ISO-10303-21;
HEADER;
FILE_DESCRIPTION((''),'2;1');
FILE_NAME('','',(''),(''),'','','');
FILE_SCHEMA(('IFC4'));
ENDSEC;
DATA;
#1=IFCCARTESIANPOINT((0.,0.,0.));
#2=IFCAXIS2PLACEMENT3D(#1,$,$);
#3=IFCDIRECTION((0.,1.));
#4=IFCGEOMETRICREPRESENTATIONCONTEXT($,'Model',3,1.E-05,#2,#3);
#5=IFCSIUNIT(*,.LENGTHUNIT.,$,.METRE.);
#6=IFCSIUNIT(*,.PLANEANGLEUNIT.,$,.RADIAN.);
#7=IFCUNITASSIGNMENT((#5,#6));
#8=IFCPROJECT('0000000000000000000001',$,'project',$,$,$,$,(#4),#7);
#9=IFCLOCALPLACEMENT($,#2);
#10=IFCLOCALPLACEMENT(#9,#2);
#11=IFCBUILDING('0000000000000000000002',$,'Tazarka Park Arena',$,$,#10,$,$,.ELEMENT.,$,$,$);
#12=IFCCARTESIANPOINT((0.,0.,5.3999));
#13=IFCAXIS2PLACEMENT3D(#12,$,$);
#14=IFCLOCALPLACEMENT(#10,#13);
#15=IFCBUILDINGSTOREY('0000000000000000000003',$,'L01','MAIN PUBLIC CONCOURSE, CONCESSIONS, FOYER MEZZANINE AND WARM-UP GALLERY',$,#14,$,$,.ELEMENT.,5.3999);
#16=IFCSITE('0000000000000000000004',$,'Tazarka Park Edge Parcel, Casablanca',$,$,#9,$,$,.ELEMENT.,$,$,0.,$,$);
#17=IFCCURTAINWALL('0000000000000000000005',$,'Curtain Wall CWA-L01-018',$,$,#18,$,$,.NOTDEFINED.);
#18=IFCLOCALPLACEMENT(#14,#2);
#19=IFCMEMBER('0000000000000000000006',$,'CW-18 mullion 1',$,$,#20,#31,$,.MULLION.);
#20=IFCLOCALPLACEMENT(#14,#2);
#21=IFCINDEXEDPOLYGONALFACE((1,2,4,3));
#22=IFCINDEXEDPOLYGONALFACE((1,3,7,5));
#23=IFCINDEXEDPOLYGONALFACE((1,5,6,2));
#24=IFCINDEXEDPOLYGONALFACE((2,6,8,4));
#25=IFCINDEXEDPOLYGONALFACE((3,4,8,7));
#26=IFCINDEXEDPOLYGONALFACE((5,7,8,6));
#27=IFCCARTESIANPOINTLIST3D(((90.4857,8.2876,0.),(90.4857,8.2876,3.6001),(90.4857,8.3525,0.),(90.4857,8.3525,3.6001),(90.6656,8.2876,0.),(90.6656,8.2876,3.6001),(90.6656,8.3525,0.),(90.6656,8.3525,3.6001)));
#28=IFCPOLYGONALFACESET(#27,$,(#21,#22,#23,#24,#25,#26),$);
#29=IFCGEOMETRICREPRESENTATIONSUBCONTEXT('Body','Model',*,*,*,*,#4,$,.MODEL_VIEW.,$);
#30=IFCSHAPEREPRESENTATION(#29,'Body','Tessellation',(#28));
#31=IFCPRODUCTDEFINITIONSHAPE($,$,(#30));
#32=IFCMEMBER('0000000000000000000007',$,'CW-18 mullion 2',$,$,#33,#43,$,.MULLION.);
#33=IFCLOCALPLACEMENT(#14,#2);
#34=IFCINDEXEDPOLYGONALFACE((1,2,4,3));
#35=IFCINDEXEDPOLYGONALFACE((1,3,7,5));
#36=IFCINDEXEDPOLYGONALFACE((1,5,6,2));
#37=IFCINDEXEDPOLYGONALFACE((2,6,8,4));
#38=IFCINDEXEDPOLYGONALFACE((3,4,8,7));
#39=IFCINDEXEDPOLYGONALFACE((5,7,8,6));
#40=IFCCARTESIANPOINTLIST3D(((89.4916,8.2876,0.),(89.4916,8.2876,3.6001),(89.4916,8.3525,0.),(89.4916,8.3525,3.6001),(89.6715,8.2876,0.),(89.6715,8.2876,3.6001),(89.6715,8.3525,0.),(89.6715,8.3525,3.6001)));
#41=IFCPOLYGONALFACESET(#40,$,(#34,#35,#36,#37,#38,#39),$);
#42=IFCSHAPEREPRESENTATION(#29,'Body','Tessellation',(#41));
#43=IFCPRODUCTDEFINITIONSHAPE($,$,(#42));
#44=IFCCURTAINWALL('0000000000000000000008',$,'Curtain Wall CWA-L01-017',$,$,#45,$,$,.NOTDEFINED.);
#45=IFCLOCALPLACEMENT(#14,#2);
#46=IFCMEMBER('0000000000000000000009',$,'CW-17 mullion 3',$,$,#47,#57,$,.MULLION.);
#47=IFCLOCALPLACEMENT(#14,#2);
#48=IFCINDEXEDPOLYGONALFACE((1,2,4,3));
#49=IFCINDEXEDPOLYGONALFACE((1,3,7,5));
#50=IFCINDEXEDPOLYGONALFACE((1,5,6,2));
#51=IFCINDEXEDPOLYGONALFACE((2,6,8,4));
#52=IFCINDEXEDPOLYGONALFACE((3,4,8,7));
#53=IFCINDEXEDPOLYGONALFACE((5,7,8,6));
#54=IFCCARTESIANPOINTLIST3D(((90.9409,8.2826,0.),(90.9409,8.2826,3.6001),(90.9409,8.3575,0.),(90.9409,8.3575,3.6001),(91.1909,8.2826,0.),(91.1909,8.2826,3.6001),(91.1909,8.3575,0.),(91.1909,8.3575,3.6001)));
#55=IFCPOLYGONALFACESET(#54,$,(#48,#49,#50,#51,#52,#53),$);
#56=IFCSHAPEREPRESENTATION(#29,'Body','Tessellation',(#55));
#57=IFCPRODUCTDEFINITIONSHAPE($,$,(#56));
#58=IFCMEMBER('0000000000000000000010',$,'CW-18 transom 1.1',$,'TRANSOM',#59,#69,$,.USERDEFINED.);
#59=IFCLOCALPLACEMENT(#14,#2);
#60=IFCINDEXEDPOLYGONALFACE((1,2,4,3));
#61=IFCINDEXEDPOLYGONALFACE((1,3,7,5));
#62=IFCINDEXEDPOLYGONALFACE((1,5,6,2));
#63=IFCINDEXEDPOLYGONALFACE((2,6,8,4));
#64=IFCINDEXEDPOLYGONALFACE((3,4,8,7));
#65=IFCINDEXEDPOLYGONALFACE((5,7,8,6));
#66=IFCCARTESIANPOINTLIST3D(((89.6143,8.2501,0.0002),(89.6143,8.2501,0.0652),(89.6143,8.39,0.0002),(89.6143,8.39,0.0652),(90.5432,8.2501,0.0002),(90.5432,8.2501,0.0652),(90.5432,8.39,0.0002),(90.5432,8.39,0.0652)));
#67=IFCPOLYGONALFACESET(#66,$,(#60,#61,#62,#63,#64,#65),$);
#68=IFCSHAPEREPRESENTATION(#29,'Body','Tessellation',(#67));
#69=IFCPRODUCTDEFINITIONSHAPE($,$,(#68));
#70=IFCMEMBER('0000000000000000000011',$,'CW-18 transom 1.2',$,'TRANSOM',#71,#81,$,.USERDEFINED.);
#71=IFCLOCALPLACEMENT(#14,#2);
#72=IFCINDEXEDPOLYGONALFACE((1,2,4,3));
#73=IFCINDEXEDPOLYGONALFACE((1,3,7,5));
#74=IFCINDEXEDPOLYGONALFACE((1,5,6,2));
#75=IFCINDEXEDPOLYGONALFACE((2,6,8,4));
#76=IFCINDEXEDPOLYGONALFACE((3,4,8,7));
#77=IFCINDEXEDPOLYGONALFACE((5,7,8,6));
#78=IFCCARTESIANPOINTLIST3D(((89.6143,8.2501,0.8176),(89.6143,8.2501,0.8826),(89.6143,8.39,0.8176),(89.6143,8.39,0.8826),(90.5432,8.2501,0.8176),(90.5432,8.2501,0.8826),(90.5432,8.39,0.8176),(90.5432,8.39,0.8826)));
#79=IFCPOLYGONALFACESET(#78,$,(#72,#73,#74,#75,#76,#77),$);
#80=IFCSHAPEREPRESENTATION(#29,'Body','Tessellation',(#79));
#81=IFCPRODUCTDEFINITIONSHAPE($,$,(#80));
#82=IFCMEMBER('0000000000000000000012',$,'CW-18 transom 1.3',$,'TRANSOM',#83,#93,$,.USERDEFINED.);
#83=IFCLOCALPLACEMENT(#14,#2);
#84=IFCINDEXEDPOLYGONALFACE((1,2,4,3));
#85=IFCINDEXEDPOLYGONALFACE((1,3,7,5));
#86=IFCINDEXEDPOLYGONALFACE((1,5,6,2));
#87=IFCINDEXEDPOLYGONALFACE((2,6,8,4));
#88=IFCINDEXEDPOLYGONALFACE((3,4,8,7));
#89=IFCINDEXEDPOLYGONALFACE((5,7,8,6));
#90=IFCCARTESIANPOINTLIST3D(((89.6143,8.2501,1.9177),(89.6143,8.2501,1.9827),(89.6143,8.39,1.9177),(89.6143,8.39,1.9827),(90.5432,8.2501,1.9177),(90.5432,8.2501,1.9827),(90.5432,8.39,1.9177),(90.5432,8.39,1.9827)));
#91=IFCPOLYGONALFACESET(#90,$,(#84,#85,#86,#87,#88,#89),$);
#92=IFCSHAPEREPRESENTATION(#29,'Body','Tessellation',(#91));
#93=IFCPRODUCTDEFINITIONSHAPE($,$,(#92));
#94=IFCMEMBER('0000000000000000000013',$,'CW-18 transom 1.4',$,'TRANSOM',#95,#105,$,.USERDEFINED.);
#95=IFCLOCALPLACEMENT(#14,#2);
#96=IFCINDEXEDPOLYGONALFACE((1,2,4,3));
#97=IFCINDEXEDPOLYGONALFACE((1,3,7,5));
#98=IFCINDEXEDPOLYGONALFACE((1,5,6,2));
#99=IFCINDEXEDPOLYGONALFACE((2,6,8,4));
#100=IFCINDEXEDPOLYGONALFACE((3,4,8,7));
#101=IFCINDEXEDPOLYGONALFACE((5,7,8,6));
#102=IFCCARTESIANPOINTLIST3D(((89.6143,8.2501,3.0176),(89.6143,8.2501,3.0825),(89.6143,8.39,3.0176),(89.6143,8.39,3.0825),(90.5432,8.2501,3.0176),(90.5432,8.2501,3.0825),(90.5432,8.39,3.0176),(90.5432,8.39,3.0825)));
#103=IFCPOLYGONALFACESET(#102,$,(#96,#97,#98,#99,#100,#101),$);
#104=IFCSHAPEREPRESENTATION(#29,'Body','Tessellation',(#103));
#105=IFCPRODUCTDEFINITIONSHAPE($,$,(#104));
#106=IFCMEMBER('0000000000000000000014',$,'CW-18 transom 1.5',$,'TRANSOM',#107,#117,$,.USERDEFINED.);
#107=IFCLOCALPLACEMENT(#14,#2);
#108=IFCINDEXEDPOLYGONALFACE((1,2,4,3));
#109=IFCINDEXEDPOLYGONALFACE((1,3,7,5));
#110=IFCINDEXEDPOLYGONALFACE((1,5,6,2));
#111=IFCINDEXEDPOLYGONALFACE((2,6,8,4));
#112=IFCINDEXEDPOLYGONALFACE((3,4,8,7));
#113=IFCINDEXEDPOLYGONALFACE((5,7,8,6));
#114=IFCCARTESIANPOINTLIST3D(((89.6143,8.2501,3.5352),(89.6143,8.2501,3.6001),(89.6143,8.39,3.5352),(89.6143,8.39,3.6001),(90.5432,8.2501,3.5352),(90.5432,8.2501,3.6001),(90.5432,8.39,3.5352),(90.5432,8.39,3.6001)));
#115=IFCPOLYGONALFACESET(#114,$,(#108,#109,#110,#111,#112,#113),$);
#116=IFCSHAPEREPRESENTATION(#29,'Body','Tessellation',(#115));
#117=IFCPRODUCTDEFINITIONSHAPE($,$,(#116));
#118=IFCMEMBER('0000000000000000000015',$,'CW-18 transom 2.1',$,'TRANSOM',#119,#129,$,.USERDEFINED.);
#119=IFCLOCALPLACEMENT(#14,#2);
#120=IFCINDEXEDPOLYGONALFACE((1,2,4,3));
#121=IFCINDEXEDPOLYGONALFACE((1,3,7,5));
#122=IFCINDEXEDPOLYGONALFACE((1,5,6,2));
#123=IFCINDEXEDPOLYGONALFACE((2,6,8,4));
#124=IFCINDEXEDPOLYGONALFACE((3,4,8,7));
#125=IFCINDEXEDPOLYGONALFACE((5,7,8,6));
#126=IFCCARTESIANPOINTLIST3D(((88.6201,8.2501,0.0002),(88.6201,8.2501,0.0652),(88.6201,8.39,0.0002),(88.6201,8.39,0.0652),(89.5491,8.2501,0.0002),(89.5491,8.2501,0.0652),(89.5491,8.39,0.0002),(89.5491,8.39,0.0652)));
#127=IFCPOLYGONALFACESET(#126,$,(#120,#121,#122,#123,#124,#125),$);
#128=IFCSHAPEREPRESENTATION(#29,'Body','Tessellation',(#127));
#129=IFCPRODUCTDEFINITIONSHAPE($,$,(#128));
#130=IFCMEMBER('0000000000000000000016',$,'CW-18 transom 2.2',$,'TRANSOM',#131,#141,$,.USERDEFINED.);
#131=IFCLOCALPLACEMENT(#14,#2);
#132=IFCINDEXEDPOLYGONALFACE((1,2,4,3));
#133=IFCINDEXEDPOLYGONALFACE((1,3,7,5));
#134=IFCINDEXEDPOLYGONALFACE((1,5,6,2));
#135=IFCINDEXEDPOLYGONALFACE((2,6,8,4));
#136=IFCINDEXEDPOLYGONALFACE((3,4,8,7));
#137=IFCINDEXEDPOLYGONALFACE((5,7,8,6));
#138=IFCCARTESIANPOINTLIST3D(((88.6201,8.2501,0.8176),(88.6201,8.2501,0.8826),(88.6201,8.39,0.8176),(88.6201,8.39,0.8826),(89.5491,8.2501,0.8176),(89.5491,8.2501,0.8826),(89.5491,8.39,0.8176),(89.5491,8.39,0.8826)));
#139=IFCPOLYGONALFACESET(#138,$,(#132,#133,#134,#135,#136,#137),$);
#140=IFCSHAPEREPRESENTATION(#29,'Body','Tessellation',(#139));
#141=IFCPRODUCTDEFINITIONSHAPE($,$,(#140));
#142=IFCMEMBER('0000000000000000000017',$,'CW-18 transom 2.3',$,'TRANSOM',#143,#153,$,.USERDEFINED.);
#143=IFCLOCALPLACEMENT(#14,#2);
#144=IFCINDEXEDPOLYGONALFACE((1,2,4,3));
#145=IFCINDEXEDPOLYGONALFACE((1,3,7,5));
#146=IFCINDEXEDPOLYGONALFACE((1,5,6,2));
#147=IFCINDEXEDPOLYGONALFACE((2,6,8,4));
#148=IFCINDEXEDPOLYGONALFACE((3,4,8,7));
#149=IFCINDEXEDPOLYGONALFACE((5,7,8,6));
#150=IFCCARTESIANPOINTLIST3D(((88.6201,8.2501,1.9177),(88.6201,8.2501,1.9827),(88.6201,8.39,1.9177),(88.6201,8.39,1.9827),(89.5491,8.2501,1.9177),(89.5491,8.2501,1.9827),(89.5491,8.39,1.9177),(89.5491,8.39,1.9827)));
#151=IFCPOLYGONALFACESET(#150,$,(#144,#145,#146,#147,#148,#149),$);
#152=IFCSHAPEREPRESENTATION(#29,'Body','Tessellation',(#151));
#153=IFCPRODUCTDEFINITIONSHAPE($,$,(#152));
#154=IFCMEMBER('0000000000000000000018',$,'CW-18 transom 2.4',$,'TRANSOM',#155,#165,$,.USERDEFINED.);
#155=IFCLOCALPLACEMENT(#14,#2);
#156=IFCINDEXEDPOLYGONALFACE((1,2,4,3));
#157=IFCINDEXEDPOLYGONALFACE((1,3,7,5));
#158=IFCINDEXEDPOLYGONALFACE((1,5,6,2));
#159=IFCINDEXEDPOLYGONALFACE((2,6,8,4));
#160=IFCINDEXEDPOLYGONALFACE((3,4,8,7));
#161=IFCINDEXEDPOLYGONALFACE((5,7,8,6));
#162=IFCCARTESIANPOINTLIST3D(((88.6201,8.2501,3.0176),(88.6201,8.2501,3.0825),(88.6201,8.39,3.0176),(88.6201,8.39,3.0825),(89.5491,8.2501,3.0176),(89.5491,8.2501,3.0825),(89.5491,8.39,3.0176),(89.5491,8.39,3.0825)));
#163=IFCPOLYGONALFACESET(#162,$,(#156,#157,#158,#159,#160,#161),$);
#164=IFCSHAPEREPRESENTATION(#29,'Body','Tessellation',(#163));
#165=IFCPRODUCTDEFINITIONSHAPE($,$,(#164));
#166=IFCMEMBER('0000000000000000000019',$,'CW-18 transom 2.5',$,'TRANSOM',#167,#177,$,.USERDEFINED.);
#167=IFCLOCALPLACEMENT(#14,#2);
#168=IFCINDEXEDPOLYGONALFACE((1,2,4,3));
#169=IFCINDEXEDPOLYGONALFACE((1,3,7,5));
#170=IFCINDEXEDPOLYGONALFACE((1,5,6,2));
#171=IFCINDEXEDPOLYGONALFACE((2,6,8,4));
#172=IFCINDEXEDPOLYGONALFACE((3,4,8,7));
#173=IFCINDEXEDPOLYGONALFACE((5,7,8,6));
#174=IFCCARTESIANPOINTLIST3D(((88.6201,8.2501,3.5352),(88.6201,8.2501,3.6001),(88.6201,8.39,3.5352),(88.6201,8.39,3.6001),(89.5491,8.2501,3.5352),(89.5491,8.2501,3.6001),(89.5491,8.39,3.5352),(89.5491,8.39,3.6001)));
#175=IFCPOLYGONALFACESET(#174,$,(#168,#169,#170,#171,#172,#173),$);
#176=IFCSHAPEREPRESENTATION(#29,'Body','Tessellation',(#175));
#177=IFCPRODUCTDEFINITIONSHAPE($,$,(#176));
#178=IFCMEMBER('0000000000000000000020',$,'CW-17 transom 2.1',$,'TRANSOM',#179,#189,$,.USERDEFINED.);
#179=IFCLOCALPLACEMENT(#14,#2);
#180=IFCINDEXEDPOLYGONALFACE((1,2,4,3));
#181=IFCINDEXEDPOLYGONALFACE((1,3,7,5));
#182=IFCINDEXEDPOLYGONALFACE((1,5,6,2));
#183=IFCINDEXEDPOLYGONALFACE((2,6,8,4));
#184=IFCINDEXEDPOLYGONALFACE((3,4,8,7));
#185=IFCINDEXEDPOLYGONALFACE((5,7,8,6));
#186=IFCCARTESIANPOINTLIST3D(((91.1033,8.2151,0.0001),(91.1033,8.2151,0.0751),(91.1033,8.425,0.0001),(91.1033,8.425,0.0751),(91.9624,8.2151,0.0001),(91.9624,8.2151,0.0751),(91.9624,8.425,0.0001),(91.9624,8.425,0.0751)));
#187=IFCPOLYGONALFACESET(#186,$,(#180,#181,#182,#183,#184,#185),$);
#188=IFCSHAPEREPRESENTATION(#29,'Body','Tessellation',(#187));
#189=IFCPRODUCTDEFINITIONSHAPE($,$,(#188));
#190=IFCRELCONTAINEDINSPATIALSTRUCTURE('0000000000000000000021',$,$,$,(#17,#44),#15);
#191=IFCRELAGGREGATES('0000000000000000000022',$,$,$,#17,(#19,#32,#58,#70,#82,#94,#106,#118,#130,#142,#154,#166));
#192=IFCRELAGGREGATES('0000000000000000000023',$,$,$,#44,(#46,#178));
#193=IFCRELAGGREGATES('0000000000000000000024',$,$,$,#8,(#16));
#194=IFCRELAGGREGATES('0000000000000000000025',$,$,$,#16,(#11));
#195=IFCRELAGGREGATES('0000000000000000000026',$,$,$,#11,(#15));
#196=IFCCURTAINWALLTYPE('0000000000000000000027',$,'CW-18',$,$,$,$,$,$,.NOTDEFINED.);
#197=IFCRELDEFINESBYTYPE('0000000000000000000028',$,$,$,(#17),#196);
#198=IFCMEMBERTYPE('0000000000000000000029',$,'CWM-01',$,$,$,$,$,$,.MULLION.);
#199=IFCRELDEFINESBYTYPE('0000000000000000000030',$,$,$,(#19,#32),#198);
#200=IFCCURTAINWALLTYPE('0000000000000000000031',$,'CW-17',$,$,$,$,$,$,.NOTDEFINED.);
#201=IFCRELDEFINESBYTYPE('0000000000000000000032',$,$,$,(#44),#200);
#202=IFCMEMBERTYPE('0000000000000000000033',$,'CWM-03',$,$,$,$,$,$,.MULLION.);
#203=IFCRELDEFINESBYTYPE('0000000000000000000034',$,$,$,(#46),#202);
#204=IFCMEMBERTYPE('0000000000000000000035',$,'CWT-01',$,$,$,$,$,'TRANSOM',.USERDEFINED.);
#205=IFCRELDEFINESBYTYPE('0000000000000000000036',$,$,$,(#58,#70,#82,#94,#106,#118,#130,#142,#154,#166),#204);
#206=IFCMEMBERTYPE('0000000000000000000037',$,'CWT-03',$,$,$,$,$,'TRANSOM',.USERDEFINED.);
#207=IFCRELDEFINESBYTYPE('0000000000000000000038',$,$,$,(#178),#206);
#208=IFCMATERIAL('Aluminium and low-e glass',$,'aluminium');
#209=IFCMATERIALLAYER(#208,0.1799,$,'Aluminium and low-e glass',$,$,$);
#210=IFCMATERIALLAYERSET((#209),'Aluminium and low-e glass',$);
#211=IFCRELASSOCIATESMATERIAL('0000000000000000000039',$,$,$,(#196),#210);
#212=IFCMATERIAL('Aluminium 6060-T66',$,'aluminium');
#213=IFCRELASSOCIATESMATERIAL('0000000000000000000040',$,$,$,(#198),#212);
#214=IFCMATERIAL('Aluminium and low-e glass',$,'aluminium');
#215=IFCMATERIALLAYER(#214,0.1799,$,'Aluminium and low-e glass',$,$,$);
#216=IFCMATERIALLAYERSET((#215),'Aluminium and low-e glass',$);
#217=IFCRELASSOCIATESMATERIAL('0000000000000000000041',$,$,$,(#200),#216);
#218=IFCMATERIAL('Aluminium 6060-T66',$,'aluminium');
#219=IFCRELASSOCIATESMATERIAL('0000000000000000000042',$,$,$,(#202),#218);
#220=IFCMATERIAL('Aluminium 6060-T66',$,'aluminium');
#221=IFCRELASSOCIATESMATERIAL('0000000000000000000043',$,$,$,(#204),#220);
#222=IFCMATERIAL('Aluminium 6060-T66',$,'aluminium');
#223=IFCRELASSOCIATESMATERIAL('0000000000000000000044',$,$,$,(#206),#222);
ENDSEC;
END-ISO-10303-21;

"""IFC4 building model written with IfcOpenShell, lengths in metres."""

from ifc_helpers import new_model, si_unit, direction, frame, origin, origin_2d, place, context, subcontext, project, spatial, rectangle, extrude, material, layer, layer_set, material_profile, profile_set, type_object, element, aggregate, save


model = new_model("IFC4")

# Units and contexts
model_context = context("Model", 3, precision=1e-05, world=origin(), true_north=direction((0.0, 1.0)))
body_context = subcontext(model_context, "Body", "Model", "MODEL_VIEW")
ifc_project = project(units=[si_unit("LENGTHUNIT", "METRE"), si_unit("PLANEANGLEUNIT", "RADIAN")], contexts=[model_context])

# Site, building, storey
site_placement = place(None, origin())
site = spatial("IfcSite", under=ifc_project, at=site_placement, Name="Tazarka Park Edge Parcel, Casablanca", CompositionType="ELEMENT", RefElevation=0.0)
building_placement = place(site_placement, origin())
building = spatial("IfcBuilding", under=site, at=building_placement, Name="Tazarka Park Arena", CompositionType="ELEMENT")
storey_placement = place(building_placement, frame((0.0, 0.0, 5.3999)))
storey = spatial("IfcBuildingStorey", under=building, at=storey_placement, Name="L01", Description="MAIN PUBLIC CONCOURSE, CONCESSIONS, FOYER MEZZANINE AND WARM-UP GALLERY", CompositionType="ELEMENT", Elevation=5.3999)

# Curtain wall, members
ifc_material_1 = material(Name="Aluminium and low-e glass", Category="aluminium")
ifc_layer_1 = layer(ifc_material_1, 0.1799, Name="Aluminium and low-e glass")
ifc_layer_set_1 = layer_set([ifc_layer_1], Name="Aluminium and low-e glass")
curtain_wall_type_1 = type_object("IfcCurtainWallType", Name="CW-18", PredefinedType="NOTDEFINED", material=ifc_layer_set_1)
curtain_wall_1_placement = place(storey_placement, origin())
curtain_wall_1 = element("IfcCurtainWall", 1, at=curtain_wall_1_placement, inside=storey, type_object=curtain_wall_type_1, Name="Curtain Wall CWA-L01-018", PredefinedType="NOTDEFINED")
ifc_material_2 = material(Name="Aluminium 6060-T66", Category="aluminium")
ifc_material_profile_1 = material_profile(ifc_material_2, rectangle(XDim=0.0649, YDim=0.1799, at=origin_2d()), Name="Aluminium 6060-T66")
ifc_profile_set_1 = profile_set([ifc_material_profile_1], Name="Aluminium 6060-T66")
member_type_1 = type_object("IfcMemberType", Name="CWM-01", PredefinedType="MULLION", material=ifc_profile_set_1)
member_1_placement = place(storey_placement, frame((90.5757, 8.3201, 0.0), z_axis=(0.0, 0.0, 1.0), x_axis=(0.0, -1.0, 0.0)))
member_1 = element("IfcMember", 2, at=member_1_placement, type_object=member_type_1, Name="CW-18 mullion 1", PredefinedType="MULLION", context=body_context, shape_type="SweptSolid", body=[
    extrude(rectangle(XDim=0.0649, YDim=0.1799, at=origin_2d()), origin(), (0.0, 0.0, 1.0), 3.6001),
])
member_2_placement = place(storey_placement, frame((89.5815, 8.3201, 0.0), z_axis=(0.0, 0.0, 1.0), x_axis=(0.0, -1.0, 0.0)))
member_2 = element("IfcMember", 3, at=member_2_placement, type_object=member_type_1, Name="CW-18 mullion 2", PredefinedType="MULLION", context=body_context, shape_type="SweptSolid", body=[
    extrude(rectangle(XDim=0.0649, YDim=0.1799, at=origin_2d()), origin(), (0.0, 0.0, 1.0), 3.6001),
])

# Curtain wall, member
ifc_material_3 = material(Name="Aluminium and low-e glass", Category="aluminium")
ifc_layer_2 = layer(ifc_material_3, 0.1799, Name="Aluminium and low-e glass")
ifc_layer_set_2 = layer_set([ifc_layer_2], Name="Aluminium and low-e glass")
curtain_wall_type_2 = type_object("IfcCurtainWallType", Name="CW-17", PredefinedType="NOTDEFINED", material=ifc_layer_set_2)
curtain_wall_2_placement = place(storey_placement, origin())
curtain_wall_2 = element("IfcCurtainWall", 4, at=curtain_wall_2_placement, inside=storey, type_object=curtain_wall_type_2, Name="Curtain Wall CWA-L01-017", PredefinedType="NOTDEFINED")
ifc_material_4 = material(Name="Aluminium 6060-T66", Category="aluminium")
ifc_material_profile_2 = material_profile(ifc_material_4, rectangle(XDim=0.075, YDim=0.25, at=origin_2d()), Name="Aluminium 6060-T66")
ifc_profile_set_2 = profile_set([ifc_material_profile_2], Name="Aluminium 6060-T66")
member_type_2 = type_object("IfcMemberType", Name="CWM-03", PredefinedType="MULLION", material=ifc_profile_set_2)
member_3_placement = place(storey_placement, frame((91.0659, 8.3201, 0.0), z_axis=(0.0, 0.0, 1.0), x_axis=(0.0, -1.0, 0.0)))
member_3 = element("IfcMember", 5, at=member_3_placement, type_object=member_type_2, Name="CW-17 mullion 3", PredefinedType="MULLION", context=body_context, shape_type="SweptSolid", body=[
    extrude(rectangle(XDim=0.075, YDim=0.25, at=origin_2d()), origin(), (0.0, 0.0, 1.0), 3.6001),
])

# Members
ifc_material_5 = material(Name="Aluminium 6060-T66", Category="aluminium")
ifc_material_profile_3 = material_profile(ifc_material_5, rectangle(XDim=0.1399, YDim=0.0649, at=origin_2d()), Name="Aluminium 6060-T66")
ifc_profile_set_3 = profile_set([ifc_material_profile_3], Name="Aluminium 6060-T66")
member_type_3 = type_object("IfcMemberType", Name="CWT-01", ElementType="TRANSOM", PredefinedType="USERDEFINED", material=ifc_profile_set_3)
member_4_placement = place(storey_placement, frame((90.5432, 8.3201, 0.0327), z_axis=(-1.0, 0.0, 0.0), x_axis=(0.0, -1.0, 0.0)))
member_4 = element("IfcMember", 6, at=member_4_placement, type_object=member_type_3, Name="CW-18 transom 1.1", ObjectType="TRANSOM", PredefinedType="USERDEFINED", context=body_context, shape_type="SweptSolid", body=[
    extrude(rectangle(XDim=0.1399, YDim=0.0649, at=origin_2d()), origin(), (0.0, 0.0, 1.0), 0.929),
])
member_5_placement = place(storey_placement, frame((90.5432, 8.3201, 0.8501), z_axis=(-1.0, 0.0, 0.0), x_axis=(0.0, -1.0, 0.0)))
member_5 = element("IfcMember", 7, at=member_5_placement, type_object=member_type_3, Name="CW-18 transom 1.2", ObjectType="TRANSOM", PredefinedType="USERDEFINED", context=body_context, shape_type="SweptSolid", body=[
    extrude(rectangle(XDim=0.1399, YDim=0.0649, at=origin_2d()), origin(), (0.0, 0.0, 1.0), 0.929),
])
member_6_placement = place(storey_placement, frame((90.5432, 8.3201, 1.9502), z_axis=(-1.0, 0.0, 0.0), x_axis=(0.0, -1.0, 0.0)))
member_6 = element("IfcMember", 8, at=member_6_placement, type_object=member_type_3, Name="CW-18 transom 1.3", ObjectType="TRANSOM", PredefinedType="USERDEFINED", context=body_context, shape_type="SweptSolid", body=[
    extrude(rectangle(XDim=0.1399, YDim=0.0649, at=origin_2d()), origin(), (0.0, 0.0, 1.0), 0.929),
])
member_7_placement = place(storey_placement, frame((90.5432, 8.3201, 3.05), z_axis=(-1.0, 0.0, 0.0), x_axis=(0.0, -1.0, 0.0)))
member_7 = element("IfcMember", 9, at=member_7_placement, type_object=member_type_3, Name="CW-18 transom 1.4", ObjectType="TRANSOM", PredefinedType="USERDEFINED", context=body_context, shape_type="SweptSolid", body=[
    extrude(rectangle(XDim=0.1399, YDim=0.0649, at=origin_2d()), origin(), (0.0, 0.0, 1.0), 0.929),
])
member_8_placement = place(storey_placement, frame((90.5432, 8.3201, 3.5676), z_axis=(-1.0, 0.0, 0.0), x_axis=(0.0, -1.0, 0.0)))
member_8 = element("IfcMember", 10, at=member_8_placement, type_object=member_type_3, Name="CW-18 transom 1.5", ObjectType="TRANSOM", PredefinedType="USERDEFINED", context=body_context, shape_type="SweptSolid", body=[
    extrude(rectangle(XDim=0.1399, YDim=0.0649, at=origin_2d()), origin(), (0.0, 0.0, 1.0), 0.929),
])
member_9_placement = place(storey_placement, frame((89.5491, 8.3201, 0.0327), z_axis=(-1.0, 0.0, 0.0), x_axis=(0.0, -1.0, 0.0)))
member_9 = element("IfcMember", 11, at=member_9_placement, type_object=member_type_3, Name="CW-18 transom 2.1", ObjectType="TRANSOM", PredefinedType="USERDEFINED", context=body_context, shape_type="SweptSolid", body=[
    extrude(rectangle(XDim=0.1399, YDim=0.0649, at=origin_2d()), origin(), (0.0, 0.0, 1.0), 0.929),
])
member_10_placement = place(storey_placement, frame((89.5491, 8.3201, 0.8501), z_axis=(-1.0, 0.0, 0.0), x_axis=(0.0, -1.0, 0.0)))
member_10 = element("IfcMember", 12, at=member_10_placement, type_object=member_type_3, Name="CW-18 transom 2.2", ObjectType="TRANSOM", PredefinedType="USERDEFINED", context=body_context, shape_type="SweptSolid", body=[
    extrude(rectangle(XDim=0.1399, YDim=0.0649, at=origin_2d()), origin(), (0.0, 0.0, 1.0), 0.929),
])
member_11_placement = place(storey_placement, frame((89.5491, 8.3201, 1.9502), z_axis=(-1.0, 0.0, 0.0), x_axis=(0.0, -1.0, 0.0)))
member_11 = element("IfcMember", 13, at=member_11_placement, type_object=member_type_3, Name="CW-18 transom 2.3", ObjectType="TRANSOM", PredefinedType="USERDEFINED", context=body_context, shape_type="SweptSolid", body=[
    extrude(rectangle(XDim=0.1399, YDim=0.0649, at=origin_2d()), origin(), (0.0, 0.0, 1.0), 0.929),
])
member_12_placement = place(storey_placement, frame((89.5491, 8.3201, 3.05), z_axis=(-1.0, 0.0, 0.0), x_axis=(0.0, -1.0, 0.0)))
member_12 = element("IfcMember", 14, at=member_12_placement, type_object=member_type_3, Name="CW-18 transom 2.4", ObjectType="TRANSOM", PredefinedType="USERDEFINED", context=body_context, shape_type="SweptSolid", body=[
    extrude(rectangle(XDim=0.1399, YDim=0.0649, at=origin_2d()), origin(), (0.0, 0.0, 1.0), 0.929),
])
member_13_placement = place(storey_placement, frame((89.5491, 8.3201, 3.5676), z_axis=(-1.0, 0.0, 0.0), x_axis=(0.0, -1.0, 0.0)))
member_13 = element("IfcMember", 15, at=member_13_placement, type_object=member_type_3, Name="CW-18 transom 2.5", ObjectType="TRANSOM", PredefinedType="USERDEFINED", context=body_context, shape_type="SweptSolid", body=[
    extrude(rectangle(XDim=0.1399, YDim=0.0649, at=origin_2d()), origin(), (0.0, 0.0, 1.0), 0.929),
])
ifc_material_6 = material(Name="Aluminium 6060-T66", Category="aluminium")
ifc_material_profile_4 = material_profile(ifc_material_6, rectangle(XDim=0.21, YDim=0.075, at=origin_2d()), Name="Aluminium 6060-T66")
ifc_profile_set_4 = profile_set([ifc_material_profile_4], Name="Aluminium 6060-T66")
member_type_4 = type_object("IfcMemberType", Name="CWT-03", ElementType="TRANSOM", PredefinedType="USERDEFINED", material=ifc_profile_set_4)
member_14_placement = place(storey_placement, frame((91.9624, 8.3201, 0.0376), z_axis=(-1.0, 0.0, 0.0), x_axis=(0.0, -1.0, 0.0)))
member_14 = element("IfcMember", 16, at=member_14_placement, type_object=member_type_4, Name="CW-17 transom 2.1", ObjectType="TRANSOM", PredefinedType="USERDEFINED", context=body_context, shape_type="SweptSolid", body=[
    extrude(rectangle(XDim=0.21, YDim=0.075, at=origin_2d()), origin(), (0.0, 0.0, 1.0), 0.8591),
])

aggregate(curtain_wall_1, [member_1, member_2, member_4, member_5, member_6, member_7, member_8, member_9, member_10, member_11, member_12, member_13])
aggregate(curtain_wall_2, [member_3, member_14])

save(model, "model.ifc")
